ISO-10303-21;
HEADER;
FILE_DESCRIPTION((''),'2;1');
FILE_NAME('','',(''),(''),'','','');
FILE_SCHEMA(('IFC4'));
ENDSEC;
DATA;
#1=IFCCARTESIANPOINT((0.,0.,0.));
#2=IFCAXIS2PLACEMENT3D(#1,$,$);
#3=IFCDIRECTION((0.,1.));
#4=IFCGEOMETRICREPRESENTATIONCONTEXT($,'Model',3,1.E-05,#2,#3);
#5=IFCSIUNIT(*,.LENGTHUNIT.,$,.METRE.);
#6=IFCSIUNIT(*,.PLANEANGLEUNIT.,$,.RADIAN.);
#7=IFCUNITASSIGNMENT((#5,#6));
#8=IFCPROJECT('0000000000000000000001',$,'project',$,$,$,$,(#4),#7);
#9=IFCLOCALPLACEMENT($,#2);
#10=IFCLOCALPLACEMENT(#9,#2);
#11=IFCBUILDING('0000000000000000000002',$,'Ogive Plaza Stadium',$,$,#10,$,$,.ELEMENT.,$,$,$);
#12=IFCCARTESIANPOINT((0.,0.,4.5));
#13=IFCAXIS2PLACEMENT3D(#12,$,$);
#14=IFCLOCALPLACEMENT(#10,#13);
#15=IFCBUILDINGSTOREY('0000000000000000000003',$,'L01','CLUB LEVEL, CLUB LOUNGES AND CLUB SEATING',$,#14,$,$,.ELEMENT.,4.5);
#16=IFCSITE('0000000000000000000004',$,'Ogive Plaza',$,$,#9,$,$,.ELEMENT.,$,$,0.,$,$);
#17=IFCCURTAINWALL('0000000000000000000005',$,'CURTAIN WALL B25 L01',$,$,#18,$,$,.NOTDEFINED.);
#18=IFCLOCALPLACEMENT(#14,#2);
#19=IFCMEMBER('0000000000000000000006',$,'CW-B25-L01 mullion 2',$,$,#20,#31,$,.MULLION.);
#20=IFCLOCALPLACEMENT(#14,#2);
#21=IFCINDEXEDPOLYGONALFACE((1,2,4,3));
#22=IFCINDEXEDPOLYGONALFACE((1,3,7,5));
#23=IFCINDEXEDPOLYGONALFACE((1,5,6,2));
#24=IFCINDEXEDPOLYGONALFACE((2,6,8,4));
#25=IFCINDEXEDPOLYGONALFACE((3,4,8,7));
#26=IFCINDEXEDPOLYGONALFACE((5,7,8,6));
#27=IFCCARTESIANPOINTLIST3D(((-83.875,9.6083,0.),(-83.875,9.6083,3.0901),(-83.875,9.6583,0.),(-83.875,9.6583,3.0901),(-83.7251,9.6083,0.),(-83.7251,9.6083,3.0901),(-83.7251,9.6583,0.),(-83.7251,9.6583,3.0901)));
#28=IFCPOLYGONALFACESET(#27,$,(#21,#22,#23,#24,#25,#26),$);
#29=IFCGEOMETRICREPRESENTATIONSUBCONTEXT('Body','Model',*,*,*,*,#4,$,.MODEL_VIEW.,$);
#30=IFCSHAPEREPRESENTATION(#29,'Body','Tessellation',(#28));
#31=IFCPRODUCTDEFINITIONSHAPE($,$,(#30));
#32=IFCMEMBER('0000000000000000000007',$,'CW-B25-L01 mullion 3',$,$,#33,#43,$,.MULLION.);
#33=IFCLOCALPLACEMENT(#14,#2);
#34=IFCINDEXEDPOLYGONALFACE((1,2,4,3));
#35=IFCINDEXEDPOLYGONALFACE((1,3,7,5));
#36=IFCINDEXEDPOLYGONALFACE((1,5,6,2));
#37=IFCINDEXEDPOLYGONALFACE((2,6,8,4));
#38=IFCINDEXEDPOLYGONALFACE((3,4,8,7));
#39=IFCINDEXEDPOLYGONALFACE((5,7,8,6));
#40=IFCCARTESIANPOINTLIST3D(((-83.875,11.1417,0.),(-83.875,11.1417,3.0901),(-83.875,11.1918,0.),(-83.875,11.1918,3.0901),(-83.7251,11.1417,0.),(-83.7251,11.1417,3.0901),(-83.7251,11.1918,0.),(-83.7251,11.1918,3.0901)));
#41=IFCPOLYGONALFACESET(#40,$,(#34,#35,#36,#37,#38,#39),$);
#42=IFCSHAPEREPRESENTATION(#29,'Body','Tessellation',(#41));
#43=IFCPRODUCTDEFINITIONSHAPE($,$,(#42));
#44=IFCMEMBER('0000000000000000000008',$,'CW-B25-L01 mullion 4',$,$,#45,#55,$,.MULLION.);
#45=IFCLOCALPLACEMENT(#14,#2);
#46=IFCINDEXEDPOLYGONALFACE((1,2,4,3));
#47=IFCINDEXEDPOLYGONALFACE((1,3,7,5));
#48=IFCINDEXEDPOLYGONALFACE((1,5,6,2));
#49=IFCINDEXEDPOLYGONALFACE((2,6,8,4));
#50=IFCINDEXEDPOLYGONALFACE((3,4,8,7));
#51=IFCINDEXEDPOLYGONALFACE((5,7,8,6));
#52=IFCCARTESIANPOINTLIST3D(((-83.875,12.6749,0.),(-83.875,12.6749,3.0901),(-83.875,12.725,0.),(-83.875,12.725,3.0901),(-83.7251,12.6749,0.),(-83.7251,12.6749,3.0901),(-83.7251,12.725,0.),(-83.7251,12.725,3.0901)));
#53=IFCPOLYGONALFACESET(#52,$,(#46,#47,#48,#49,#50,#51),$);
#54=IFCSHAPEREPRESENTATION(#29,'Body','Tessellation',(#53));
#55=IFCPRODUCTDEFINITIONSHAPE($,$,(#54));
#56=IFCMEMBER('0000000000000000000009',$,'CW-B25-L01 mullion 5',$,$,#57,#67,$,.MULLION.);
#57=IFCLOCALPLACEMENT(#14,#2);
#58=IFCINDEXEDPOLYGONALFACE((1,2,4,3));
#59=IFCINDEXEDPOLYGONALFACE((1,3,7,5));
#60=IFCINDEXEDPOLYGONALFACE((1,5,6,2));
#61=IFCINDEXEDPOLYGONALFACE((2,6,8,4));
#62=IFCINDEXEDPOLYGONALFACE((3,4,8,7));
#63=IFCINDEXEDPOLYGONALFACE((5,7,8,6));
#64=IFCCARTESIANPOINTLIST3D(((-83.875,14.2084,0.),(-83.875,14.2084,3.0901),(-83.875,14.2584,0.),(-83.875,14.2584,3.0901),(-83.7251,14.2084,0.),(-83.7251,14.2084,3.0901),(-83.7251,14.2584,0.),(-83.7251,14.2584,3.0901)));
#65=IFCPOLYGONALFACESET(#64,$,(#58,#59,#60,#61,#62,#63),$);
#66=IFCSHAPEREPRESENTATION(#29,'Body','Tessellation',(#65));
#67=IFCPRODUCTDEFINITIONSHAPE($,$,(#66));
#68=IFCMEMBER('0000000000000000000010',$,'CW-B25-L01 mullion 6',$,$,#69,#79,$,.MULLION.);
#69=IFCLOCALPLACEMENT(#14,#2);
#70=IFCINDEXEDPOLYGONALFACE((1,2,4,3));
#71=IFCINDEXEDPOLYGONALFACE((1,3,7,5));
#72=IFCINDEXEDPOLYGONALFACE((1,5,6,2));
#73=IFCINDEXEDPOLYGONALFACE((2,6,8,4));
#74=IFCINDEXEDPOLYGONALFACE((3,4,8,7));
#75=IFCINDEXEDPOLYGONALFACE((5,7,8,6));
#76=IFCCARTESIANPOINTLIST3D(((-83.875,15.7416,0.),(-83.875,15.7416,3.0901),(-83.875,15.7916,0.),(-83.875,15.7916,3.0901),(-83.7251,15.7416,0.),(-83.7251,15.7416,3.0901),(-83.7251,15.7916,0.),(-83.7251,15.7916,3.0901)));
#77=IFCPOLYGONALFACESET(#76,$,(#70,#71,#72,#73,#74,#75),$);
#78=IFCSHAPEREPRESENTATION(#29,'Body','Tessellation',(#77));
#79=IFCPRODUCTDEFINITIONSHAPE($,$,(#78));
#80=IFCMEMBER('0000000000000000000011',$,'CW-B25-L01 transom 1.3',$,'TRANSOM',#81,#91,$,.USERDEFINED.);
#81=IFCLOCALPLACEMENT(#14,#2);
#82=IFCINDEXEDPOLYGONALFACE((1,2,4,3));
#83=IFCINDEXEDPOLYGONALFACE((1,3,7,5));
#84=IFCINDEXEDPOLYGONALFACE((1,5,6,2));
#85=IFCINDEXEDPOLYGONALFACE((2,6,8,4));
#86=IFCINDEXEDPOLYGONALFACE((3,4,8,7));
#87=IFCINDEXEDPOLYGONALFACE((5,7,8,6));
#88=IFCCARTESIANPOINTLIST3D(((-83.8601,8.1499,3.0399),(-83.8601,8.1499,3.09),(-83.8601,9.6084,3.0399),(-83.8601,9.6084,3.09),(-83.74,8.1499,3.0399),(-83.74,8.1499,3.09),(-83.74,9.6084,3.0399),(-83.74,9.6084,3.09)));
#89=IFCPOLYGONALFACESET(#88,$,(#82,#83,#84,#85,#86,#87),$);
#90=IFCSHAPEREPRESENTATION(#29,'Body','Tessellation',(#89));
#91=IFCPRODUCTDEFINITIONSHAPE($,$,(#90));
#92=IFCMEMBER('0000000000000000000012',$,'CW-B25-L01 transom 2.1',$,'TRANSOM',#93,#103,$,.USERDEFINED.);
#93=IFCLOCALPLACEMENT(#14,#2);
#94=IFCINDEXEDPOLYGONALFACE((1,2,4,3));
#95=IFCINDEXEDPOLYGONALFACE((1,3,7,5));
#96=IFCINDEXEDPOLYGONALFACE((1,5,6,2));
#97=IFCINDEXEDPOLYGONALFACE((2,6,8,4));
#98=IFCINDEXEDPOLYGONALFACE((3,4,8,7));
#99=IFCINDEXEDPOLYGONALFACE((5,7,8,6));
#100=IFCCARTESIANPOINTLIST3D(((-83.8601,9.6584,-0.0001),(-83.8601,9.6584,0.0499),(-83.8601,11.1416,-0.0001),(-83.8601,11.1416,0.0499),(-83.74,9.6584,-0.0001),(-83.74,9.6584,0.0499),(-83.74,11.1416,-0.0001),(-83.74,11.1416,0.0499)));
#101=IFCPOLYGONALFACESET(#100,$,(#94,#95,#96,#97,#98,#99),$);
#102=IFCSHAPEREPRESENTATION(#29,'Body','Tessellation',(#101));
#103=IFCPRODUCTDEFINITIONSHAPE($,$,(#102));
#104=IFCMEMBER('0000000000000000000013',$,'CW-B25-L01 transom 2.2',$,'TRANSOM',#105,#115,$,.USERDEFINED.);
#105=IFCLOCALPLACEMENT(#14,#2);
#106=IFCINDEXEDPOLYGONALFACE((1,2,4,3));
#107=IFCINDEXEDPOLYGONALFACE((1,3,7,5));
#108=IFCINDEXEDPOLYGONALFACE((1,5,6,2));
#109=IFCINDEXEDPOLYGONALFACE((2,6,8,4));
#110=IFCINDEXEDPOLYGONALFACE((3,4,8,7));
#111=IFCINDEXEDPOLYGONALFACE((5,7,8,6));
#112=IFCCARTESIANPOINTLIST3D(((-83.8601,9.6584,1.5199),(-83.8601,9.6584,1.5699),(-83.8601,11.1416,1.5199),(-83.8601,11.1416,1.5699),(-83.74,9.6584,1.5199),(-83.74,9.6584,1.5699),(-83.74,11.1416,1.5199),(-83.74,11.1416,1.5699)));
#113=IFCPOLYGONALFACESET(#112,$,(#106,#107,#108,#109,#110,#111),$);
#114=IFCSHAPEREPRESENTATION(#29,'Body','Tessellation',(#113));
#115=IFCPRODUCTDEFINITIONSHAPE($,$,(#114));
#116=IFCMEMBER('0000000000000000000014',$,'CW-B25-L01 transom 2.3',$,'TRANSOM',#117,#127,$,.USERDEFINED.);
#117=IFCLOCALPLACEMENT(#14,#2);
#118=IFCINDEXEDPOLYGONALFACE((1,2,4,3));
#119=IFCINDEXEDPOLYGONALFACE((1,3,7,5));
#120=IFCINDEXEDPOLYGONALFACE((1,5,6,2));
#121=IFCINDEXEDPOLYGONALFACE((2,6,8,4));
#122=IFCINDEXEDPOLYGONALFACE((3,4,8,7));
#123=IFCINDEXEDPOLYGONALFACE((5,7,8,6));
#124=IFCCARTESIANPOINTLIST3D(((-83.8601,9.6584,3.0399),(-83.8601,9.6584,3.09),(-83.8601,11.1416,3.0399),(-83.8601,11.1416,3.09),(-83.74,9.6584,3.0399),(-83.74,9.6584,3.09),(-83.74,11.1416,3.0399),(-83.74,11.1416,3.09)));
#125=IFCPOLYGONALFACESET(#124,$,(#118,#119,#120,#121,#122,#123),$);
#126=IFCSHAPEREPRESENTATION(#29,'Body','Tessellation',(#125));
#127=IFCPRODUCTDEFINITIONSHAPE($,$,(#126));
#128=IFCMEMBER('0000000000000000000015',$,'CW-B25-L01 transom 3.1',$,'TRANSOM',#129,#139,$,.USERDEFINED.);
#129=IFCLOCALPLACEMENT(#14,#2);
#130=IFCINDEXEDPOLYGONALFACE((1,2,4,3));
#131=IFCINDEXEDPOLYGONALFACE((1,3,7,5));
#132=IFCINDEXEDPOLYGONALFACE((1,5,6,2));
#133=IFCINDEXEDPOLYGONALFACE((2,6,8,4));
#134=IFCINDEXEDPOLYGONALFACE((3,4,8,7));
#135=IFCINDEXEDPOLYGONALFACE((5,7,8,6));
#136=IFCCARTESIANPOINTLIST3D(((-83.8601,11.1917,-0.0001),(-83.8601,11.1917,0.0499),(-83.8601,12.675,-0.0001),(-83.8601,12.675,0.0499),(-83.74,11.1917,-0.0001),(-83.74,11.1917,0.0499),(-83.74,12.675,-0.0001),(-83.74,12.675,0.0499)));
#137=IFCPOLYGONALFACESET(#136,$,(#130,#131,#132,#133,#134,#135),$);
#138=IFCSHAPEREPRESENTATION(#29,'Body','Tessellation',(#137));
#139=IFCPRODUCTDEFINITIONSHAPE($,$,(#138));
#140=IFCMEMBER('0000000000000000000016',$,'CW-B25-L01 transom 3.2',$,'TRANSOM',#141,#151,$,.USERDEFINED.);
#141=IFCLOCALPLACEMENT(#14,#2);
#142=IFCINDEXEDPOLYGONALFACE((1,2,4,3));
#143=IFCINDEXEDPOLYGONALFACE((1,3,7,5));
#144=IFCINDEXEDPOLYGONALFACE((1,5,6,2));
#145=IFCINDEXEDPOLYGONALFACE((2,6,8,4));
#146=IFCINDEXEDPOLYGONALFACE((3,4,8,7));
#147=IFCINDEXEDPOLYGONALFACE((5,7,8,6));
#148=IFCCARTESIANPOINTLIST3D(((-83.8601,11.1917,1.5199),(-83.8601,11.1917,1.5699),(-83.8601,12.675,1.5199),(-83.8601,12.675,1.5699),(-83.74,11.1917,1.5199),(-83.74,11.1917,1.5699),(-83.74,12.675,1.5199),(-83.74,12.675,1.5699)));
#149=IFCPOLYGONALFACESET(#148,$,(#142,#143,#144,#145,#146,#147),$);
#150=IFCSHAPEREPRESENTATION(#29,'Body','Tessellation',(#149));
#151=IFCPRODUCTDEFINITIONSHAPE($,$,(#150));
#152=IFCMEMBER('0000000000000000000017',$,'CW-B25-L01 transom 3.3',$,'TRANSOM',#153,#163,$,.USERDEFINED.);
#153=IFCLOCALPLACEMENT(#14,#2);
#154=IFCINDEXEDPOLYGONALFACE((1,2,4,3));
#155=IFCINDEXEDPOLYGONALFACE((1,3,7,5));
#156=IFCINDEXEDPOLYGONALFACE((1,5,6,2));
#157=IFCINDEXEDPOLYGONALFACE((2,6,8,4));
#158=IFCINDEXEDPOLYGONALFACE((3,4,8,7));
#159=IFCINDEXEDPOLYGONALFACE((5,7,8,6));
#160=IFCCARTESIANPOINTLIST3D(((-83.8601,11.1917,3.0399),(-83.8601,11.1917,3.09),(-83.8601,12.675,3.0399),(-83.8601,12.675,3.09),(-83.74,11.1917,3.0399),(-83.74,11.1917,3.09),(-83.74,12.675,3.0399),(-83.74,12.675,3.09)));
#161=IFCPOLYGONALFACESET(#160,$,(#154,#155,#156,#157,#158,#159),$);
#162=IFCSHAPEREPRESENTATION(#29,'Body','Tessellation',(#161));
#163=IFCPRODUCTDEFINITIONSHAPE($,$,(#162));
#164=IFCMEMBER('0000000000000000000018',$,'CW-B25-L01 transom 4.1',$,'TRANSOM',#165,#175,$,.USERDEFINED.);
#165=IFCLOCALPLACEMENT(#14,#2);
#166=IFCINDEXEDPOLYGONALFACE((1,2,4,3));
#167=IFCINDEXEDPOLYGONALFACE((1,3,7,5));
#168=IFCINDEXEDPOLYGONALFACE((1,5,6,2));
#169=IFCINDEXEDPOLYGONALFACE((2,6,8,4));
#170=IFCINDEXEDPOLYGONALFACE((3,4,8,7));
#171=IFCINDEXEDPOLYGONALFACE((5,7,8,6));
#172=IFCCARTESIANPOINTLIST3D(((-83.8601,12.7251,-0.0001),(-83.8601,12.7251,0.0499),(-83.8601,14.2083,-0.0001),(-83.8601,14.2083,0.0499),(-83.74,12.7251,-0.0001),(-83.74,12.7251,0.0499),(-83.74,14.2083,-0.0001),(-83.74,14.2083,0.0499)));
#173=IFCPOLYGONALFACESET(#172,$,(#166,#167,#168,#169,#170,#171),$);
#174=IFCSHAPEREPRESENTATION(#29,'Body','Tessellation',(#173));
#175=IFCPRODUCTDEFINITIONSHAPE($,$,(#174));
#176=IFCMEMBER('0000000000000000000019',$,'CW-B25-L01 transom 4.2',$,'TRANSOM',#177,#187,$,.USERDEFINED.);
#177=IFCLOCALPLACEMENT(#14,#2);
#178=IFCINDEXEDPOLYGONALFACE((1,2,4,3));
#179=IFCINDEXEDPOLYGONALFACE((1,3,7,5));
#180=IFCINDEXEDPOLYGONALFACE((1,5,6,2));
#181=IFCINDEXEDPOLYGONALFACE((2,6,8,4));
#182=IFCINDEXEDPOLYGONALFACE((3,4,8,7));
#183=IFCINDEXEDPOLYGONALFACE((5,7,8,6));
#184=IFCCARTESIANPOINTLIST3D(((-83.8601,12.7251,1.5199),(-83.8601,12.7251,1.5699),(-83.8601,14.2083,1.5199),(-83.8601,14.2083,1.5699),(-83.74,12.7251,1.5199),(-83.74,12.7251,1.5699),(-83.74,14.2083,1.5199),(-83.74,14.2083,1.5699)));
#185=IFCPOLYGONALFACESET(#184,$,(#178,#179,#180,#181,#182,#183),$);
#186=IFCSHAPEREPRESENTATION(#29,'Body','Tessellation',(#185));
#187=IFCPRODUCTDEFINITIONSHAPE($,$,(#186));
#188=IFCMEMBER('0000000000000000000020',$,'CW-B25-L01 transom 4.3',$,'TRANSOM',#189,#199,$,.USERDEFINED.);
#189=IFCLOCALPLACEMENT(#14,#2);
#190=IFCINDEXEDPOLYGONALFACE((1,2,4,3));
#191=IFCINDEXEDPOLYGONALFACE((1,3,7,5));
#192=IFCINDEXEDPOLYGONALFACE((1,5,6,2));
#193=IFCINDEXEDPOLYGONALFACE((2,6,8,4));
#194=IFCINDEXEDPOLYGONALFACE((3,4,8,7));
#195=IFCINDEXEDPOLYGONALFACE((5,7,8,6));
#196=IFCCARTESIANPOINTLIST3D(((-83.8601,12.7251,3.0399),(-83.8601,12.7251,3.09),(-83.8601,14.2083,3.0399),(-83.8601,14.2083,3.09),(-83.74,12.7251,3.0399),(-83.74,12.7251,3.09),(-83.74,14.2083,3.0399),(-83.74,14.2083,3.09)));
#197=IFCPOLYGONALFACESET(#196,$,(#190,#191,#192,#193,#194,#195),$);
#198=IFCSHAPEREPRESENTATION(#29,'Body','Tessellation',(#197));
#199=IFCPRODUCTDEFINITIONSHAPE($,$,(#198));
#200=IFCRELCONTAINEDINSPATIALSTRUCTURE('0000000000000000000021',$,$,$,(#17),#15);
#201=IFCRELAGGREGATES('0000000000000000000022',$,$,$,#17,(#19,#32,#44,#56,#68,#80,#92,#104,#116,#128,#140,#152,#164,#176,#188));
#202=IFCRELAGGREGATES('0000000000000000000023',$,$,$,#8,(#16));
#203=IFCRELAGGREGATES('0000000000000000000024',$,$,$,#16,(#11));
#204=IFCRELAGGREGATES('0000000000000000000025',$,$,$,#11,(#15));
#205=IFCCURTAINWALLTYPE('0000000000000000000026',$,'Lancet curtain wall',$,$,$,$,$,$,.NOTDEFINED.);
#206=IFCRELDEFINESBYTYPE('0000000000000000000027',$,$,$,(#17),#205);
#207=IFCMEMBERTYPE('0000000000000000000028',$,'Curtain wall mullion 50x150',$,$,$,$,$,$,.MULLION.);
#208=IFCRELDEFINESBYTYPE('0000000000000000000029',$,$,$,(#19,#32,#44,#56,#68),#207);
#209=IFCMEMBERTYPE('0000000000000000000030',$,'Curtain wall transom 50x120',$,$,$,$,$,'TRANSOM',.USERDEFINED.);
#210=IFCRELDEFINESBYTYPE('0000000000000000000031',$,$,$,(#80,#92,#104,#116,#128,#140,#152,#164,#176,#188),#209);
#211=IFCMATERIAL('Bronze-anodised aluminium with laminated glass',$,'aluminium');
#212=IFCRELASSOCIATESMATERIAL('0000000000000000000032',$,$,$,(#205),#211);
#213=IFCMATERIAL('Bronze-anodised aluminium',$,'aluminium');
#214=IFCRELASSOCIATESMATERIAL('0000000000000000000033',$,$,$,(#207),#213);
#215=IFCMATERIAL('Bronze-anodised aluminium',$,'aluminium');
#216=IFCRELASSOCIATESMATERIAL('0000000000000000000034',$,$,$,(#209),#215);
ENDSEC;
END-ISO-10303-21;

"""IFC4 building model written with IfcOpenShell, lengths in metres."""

from ifc_helpers import new_model, si_unit, direction, frame, origin, origin_2d, place, context, subcontext, project, spatial, rectangle, extrude, material, material_profile, profile_set, type_object, element, aggregate, save


model = new_model("IFC4")

# Units and contexts
model_context = context("Model", 3, precision=1e-05, world=origin(), true_north=direction((0.0, 1.0)))
body_context = subcontext(model_context, "Body", "Model", "MODEL_VIEW")
ifc_project = project(units=[si_unit("LENGTHUNIT", "METRE"), si_unit("PLANEANGLEUNIT", "RADIAN")], contexts=[model_context])

# Site, building, storey
site_placement = place(None, origin())
site = spatial("IfcSite", under=ifc_project, at=site_placement, Name="Ogive Plaza", CompositionType="ELEMENT", RefElevation=0.0)
building_placement = place(site_placement, origin())
building = spatial("IfcBuilding", under=site, at=building_placement, Name="Ogive Plaza Stadium", CompositionType="ELEMENT")
storey_placement = place(building_placement, frame((0.0, 0.0, 4.5)))
storey = spatial("IfcBuildingStorey", under=building, at=storey_placement, Name="L01", Description="CLUB LEVEL, CLUB LOUNGES AND CLUB SEATING", CompositionType="ELEMENT", Elevation=4.5)

# Curtain wall, members
ifc_material_1 = material(Name="Bronze-anodised aluminium with laminated glass", Category="aluminium")
curtain_wall_type = type_object("IfcCurtainWallType", Name="Lancet curtain wall", PredefinedType="NOTDEFINED", material=ifc_material_1)
curtain_wall_placement = place(storey_placement, origin())
curtain_wall = element("IfcCurtainWall", 1, at=curtain_wall_placement, inside=storey, type_object=curtain_wall_type, Name="CURTAIN WALL B25 L01", PredefinedType="NOTDEFINED")
ifc_material_2 = material(Name="Bronze-anodised aluminium", Category="aluminium")
ifc_material_profile_1 = material_profile(ifc_material_2, rectangle(XDim=0.1499, YDim=0.05, at=origin_2d()), Name="AL 150x50")
ifc_profile_set_1 = profile_set([ifc_material_profile_1], Name="Bronze-anodised aluminium")
member_type_1 = type_object("IfcMemberType", Name="Curtain wall mullion 50x150", PredefinedType="MULLION", material=ifc_profile_set_1)
member_1_placement = place(storey_placement, frame((-83.8, 9.6333, 0.0), z_axis=(0.0, 0.0, 1.0), x_axis=(-1.0, 0.0, 0.0)))
member_1 = element("IfcMember", 2, at=member_1_placement, type_object=member_type_1, Name="CW-B25-L01 mullion 2", PredefinedType="MULLION", context=body_context, shape_type="SweptSolid", body=[
    extrude(rectangle(XDim=0.1499, YDim=0.05, at=origin_2d()), origin(), (0.0, 0.0, 1.0), 3.0901),
])
member_2_placement = place(storey_placement, frame((-83.8, 11.1667, 0.0), z_axis=(0.0, 0.0, 1.0), x_axis=(-1.0, 0.0, 0.0)))
member_2 = element("IfcMember", 3, at=member_2_placement, type_object=member_type_1, Name="CW-B25-L01 mullion 3", PredefinedType="MULLION", context=body_context, shape_type="SweptSolid", body=[
    extrude(rectangle(XDim=0.1499, YDim=0.05, at=origin_2d()), origin(), (0.0, 0.0, 1.0), 3.0901),
])
member_3_placement = place(storey_placement, frame((-83.8, 12.7, 0.0), z_axis=(0.0, 0.0, 1.0), x_axis=(-1.0, 0.0, 0.0)))
member_3 = element("IfcMember", 4, at=member_3_placement, type_object=member_type_1, Name="CW-B25-L01 mullion 4", PredefinedType="MULLION", context=body_context, shape_type="SweptSolid", body=[
    extrude(rectangle(XDim=0.1499, YDim=0.05, at=origin_2d()), origin(), (0.0, 0.0, 1.0), 3.0901),
])
member_4_placement = place(storey_placement, frame((-83.8, 14.2334, 0.0), z_axis=(0.0, 0.0, 1.0), x_axis=(-1.0, 0.0, 0.0)))
member_4 = element("IfcMember", 5, at=member_4_placement, type_object=member_type_1, Name="CW-B25-L01 mullion 5", PredefinedType="MULLION", context=body_context, shape_type="SweptSolid", body=[
    extrude(rectangle(XDim=0.1499, YDim=0.05, at=origin_2d()), origin(), (0.0, 0.0, 1.0), 3.0901),
])
member_5_placement = place(storey_placement, frame((-83.8, 15.7666, 0.0), z_axis=(0.0, 0.0, 1.0), x_axis=(-1.0, 0.0, 0.0)))
member_5 = element("IfcMember", 6, at=member_5_placement, type_object=member_type_1, Name="CW-B25-L01 mullion 6", PredefinedType="MULLION", context=body_context, shape_type="SweptSolid", body=[
    extrude(rectangle(XDim=0.1499, YDim=0.05, at=origin_2d()), origin(), (0.0, 0.0, 1.0), 3.0901),
])
ifc_material_3 = material(Name="Bronze-anodised aluminium", Category="aluminium")
ifc_material_profile_2 = material_profile(ifc_material_3, rectangle(XDim=0.1201, YDim=0.05, at=origin_2d()), Name="AL 120x50")
ifc_profile_set_2 = profile_set([ifc_material_profile_2], Name="Bronze-anodised aluminium")
member_type_2 = type_object("IfcMemberType", Name="Curtain wall transom 50x120", ElementType="TRANSOM", PredefinedType="USERDEFINED", material=ifc_profile_set_2)
member_6_placement = place(storey_placement, frame((-83.8, 8.1499, 3.0649), z_axis=(0.0, 1.0, 0.0), x_axis=(-1.0, 0.0, 0.0)))
member_6 = element("IfcMember", 7, at=member_6_placement, type_object=member_type_2, Name="CW-B25-L01 transom 1.3", ObjectType="TRANSOM", PredefinedType="USERDEFINED", context=body_context, shape_type="SweptSolid", body=[
    extrude(rectangle(XDim=0.1201, YDim=0.05, at=origin_2d()), origin(), (0.0, 0.0, 1.0), 1.4585),
])
member_7_placement = place(storey_placement, frame((-83.8, 9.6584, 0.0249), z_axis=(0.0, 1.0, 0.0), x_axis=(-1.0, 0.0, 0.0)))
member_7 = element("IfcMember", 8, at=member_7_placement, type_object=member_type_2, Name="CW-B25-L01 transom 2.1", ObjectType="TRANSOM", PredefinedType="USERDEFINED", context=body_context, shape_type="SweptSolid", body=[
    extrude(rectangle(XDim=0.1201, YDim=0.05, at=origin_2d()), origin(), (0.0, 0.0, 1.0), 1.4832),
])
member_8_placement = place(storey_placement, frame((-83.8, 9.6584, 1.5449), z_axis=(0.0, 1.0, 0.0), x_axis=(-1.0, 0.0, 0.0)))
member_8 = element("IfcMember", 9, at=member_8_placement, type_object=member_type_2, Name="CW-B25-L01 transom 2.2", ObjectType="TRANSOM", PredefinedType="USERDEFINED", context=body_context, shape_type="SweptSolid", body=[
    extrude(rectangle(XDim=0.1201, YDim=0.05, at=origin_2d()), origin(), (0.0, 0.0, 1.0), 1.4832),
])
member_9_placement = place(storey_placement, frame((-83.8, 9.6584, 3.0649), z_axis=(0.0, 1.0, 0.0), x_axis=(-1.0, 0.0, 0.0)))
member_9 = element("IfcMember", 10, at=member_9_placement, type_object=member_type_2, Name="CW-B25-L01 transom 2.3", ObjectType="TRANSOM", PredefinedType="USERDEFINED", context=body_context, shape_type="SweptSolid", body=[
    extrude(rectangle(XDim=0.1201, YDim=0.05, at=origin_2d()), origin(), (0.0, 0.0, 1.0), 1.4832),
])
member_10_placement = place(storey_placement, frame((-83.8, 11.1917, 0.0249), z_axis=(0.0, 1.0, 0.0), x_axis=(-1.0, 0.0, 0.0)))
member_10 = element("IfcMember", 11, at=member_10_placement, type_object=member_type_2, Name="CW-B25-L01 transom 3.1", ObjectType="TRANSOM", PredefinedType="USERDEFINED", context=body_context, shape_type="SweptSolid", body=[
    extrude(rectangle(XDim=0.1201, YDim=0.05, at=origin_2d()), origin(), (0.0, 0.0, 1.0), 1.4834),
])
member_11_placement = place(storey_placement, frame((-83.8, 11.1917, 1.5449), z_axis=(0.0, 1.0, 0.0), x_axis=(-1.0, 0.0, 0.0)))
member_11 = element("IfcMember", 12, at=member_11_placement, type_object=member_type_2, Name="CW-B25-L01 transom 3.2", ObjectType="TRANSOM", PredefinedType="USERDEFINED", context=body_context, shape_type="SweptSolid", body=[
    extrude(rectangle(XDim=0.1201, YDim=0.05, at=origin_2d()), origin(), (0.0, 0.0, 1.0), 1.4834),
])
member_12_placement = place(storey_placement, frame((-83.8, 11.1917, 3.0649), z_axis=(0.0, 1.0, 0.0), x_axis=(-1.0, 0.0, 0.0)))
member_12 = element("IfcMember", 13, at=member_12_placement, type_object=member_type_2, Name="CW-B25-L01 transom 3.3", ObjectType="TRANSOM", PredefinedType="USERDEFINED", context=body_context, shape_type="SweptSolid", body=[
    extrude(rectangle(XDim=0.1201, YDim=0.05, at=origin_2d()), origin(), (0.0, 0.0, 1.0), 1.4834),
])
member_13_placement = place(storey_placement, frame((-83.8, 12.7251, 0.0249), z_axis=(0.0, 1.0, 0.0), x_axis=(-1.0, 0.0, 0.0)))
member_13 = element("IfcMember", 14, at=member_13_placement, type_object=member_type_2, Name="CW-B25-L01 transom 4.1", ObjectType="TRANSOM", PredefinedType="USERDEFINED", context=body_context, shape_type="SweptSolid", body=[
    extrude(rectangle(XDim=0.1201, YDim=0.05, at=origin_2d()), origin(), (0.0, 0.0, 1.0), 1.4832),
])
member_14_placement = place(storey_placement, frame((-83.8, 12.7251, 1.5449), z_axis=(0.0, 1.0, 0.0), x_axis=(-1.0, 0.0, 0.0)))
member_14 = element("IfcMember", 15, at=member_14_placement, type_object=member_type_2, Name="CW-B25-L01 transom 4.2", ObjectType="TRANSOM", PredefinedType="USERDEFINED", context=body_context, shape_type="SweptSolid", body=[
    extrude(rectangle(XDim=0.1201, YDim=0.05, at=origin_2d()), origin(), (0.0, 0.0, 1.0), 1.4832),
])
member_15_placement = place(storey_placement, frame((-83.8, 12.7251, 3.0649), z_axis=(0.0, 1.0, 0.0), x_axis=(-1.0, 0.0, 0.0)))
member_15 = element("IfcMember", 16, at=member_15_placement, type_object=member_type_2, Name="CW-B25-L01 transom 4.3", ObjectType="TRANSOM", PredefinedType="USERDEFINED", context=body_context, shape_type="SweptSolid", body=[
    extrude(rectangle(XDim=0.1201, YDim=0.05, at=origin_2d()), origin(), (0.0, 0.0, 1.0), 1.4832),
])
aggregate(curtain_wall, [member_1, member_2, member_3, member_4, member_5, member_6, member_7, member_8, member_9, member_10, member_11, member_12, member_13, member_14, member_15])

save(model, "model.ifc")
